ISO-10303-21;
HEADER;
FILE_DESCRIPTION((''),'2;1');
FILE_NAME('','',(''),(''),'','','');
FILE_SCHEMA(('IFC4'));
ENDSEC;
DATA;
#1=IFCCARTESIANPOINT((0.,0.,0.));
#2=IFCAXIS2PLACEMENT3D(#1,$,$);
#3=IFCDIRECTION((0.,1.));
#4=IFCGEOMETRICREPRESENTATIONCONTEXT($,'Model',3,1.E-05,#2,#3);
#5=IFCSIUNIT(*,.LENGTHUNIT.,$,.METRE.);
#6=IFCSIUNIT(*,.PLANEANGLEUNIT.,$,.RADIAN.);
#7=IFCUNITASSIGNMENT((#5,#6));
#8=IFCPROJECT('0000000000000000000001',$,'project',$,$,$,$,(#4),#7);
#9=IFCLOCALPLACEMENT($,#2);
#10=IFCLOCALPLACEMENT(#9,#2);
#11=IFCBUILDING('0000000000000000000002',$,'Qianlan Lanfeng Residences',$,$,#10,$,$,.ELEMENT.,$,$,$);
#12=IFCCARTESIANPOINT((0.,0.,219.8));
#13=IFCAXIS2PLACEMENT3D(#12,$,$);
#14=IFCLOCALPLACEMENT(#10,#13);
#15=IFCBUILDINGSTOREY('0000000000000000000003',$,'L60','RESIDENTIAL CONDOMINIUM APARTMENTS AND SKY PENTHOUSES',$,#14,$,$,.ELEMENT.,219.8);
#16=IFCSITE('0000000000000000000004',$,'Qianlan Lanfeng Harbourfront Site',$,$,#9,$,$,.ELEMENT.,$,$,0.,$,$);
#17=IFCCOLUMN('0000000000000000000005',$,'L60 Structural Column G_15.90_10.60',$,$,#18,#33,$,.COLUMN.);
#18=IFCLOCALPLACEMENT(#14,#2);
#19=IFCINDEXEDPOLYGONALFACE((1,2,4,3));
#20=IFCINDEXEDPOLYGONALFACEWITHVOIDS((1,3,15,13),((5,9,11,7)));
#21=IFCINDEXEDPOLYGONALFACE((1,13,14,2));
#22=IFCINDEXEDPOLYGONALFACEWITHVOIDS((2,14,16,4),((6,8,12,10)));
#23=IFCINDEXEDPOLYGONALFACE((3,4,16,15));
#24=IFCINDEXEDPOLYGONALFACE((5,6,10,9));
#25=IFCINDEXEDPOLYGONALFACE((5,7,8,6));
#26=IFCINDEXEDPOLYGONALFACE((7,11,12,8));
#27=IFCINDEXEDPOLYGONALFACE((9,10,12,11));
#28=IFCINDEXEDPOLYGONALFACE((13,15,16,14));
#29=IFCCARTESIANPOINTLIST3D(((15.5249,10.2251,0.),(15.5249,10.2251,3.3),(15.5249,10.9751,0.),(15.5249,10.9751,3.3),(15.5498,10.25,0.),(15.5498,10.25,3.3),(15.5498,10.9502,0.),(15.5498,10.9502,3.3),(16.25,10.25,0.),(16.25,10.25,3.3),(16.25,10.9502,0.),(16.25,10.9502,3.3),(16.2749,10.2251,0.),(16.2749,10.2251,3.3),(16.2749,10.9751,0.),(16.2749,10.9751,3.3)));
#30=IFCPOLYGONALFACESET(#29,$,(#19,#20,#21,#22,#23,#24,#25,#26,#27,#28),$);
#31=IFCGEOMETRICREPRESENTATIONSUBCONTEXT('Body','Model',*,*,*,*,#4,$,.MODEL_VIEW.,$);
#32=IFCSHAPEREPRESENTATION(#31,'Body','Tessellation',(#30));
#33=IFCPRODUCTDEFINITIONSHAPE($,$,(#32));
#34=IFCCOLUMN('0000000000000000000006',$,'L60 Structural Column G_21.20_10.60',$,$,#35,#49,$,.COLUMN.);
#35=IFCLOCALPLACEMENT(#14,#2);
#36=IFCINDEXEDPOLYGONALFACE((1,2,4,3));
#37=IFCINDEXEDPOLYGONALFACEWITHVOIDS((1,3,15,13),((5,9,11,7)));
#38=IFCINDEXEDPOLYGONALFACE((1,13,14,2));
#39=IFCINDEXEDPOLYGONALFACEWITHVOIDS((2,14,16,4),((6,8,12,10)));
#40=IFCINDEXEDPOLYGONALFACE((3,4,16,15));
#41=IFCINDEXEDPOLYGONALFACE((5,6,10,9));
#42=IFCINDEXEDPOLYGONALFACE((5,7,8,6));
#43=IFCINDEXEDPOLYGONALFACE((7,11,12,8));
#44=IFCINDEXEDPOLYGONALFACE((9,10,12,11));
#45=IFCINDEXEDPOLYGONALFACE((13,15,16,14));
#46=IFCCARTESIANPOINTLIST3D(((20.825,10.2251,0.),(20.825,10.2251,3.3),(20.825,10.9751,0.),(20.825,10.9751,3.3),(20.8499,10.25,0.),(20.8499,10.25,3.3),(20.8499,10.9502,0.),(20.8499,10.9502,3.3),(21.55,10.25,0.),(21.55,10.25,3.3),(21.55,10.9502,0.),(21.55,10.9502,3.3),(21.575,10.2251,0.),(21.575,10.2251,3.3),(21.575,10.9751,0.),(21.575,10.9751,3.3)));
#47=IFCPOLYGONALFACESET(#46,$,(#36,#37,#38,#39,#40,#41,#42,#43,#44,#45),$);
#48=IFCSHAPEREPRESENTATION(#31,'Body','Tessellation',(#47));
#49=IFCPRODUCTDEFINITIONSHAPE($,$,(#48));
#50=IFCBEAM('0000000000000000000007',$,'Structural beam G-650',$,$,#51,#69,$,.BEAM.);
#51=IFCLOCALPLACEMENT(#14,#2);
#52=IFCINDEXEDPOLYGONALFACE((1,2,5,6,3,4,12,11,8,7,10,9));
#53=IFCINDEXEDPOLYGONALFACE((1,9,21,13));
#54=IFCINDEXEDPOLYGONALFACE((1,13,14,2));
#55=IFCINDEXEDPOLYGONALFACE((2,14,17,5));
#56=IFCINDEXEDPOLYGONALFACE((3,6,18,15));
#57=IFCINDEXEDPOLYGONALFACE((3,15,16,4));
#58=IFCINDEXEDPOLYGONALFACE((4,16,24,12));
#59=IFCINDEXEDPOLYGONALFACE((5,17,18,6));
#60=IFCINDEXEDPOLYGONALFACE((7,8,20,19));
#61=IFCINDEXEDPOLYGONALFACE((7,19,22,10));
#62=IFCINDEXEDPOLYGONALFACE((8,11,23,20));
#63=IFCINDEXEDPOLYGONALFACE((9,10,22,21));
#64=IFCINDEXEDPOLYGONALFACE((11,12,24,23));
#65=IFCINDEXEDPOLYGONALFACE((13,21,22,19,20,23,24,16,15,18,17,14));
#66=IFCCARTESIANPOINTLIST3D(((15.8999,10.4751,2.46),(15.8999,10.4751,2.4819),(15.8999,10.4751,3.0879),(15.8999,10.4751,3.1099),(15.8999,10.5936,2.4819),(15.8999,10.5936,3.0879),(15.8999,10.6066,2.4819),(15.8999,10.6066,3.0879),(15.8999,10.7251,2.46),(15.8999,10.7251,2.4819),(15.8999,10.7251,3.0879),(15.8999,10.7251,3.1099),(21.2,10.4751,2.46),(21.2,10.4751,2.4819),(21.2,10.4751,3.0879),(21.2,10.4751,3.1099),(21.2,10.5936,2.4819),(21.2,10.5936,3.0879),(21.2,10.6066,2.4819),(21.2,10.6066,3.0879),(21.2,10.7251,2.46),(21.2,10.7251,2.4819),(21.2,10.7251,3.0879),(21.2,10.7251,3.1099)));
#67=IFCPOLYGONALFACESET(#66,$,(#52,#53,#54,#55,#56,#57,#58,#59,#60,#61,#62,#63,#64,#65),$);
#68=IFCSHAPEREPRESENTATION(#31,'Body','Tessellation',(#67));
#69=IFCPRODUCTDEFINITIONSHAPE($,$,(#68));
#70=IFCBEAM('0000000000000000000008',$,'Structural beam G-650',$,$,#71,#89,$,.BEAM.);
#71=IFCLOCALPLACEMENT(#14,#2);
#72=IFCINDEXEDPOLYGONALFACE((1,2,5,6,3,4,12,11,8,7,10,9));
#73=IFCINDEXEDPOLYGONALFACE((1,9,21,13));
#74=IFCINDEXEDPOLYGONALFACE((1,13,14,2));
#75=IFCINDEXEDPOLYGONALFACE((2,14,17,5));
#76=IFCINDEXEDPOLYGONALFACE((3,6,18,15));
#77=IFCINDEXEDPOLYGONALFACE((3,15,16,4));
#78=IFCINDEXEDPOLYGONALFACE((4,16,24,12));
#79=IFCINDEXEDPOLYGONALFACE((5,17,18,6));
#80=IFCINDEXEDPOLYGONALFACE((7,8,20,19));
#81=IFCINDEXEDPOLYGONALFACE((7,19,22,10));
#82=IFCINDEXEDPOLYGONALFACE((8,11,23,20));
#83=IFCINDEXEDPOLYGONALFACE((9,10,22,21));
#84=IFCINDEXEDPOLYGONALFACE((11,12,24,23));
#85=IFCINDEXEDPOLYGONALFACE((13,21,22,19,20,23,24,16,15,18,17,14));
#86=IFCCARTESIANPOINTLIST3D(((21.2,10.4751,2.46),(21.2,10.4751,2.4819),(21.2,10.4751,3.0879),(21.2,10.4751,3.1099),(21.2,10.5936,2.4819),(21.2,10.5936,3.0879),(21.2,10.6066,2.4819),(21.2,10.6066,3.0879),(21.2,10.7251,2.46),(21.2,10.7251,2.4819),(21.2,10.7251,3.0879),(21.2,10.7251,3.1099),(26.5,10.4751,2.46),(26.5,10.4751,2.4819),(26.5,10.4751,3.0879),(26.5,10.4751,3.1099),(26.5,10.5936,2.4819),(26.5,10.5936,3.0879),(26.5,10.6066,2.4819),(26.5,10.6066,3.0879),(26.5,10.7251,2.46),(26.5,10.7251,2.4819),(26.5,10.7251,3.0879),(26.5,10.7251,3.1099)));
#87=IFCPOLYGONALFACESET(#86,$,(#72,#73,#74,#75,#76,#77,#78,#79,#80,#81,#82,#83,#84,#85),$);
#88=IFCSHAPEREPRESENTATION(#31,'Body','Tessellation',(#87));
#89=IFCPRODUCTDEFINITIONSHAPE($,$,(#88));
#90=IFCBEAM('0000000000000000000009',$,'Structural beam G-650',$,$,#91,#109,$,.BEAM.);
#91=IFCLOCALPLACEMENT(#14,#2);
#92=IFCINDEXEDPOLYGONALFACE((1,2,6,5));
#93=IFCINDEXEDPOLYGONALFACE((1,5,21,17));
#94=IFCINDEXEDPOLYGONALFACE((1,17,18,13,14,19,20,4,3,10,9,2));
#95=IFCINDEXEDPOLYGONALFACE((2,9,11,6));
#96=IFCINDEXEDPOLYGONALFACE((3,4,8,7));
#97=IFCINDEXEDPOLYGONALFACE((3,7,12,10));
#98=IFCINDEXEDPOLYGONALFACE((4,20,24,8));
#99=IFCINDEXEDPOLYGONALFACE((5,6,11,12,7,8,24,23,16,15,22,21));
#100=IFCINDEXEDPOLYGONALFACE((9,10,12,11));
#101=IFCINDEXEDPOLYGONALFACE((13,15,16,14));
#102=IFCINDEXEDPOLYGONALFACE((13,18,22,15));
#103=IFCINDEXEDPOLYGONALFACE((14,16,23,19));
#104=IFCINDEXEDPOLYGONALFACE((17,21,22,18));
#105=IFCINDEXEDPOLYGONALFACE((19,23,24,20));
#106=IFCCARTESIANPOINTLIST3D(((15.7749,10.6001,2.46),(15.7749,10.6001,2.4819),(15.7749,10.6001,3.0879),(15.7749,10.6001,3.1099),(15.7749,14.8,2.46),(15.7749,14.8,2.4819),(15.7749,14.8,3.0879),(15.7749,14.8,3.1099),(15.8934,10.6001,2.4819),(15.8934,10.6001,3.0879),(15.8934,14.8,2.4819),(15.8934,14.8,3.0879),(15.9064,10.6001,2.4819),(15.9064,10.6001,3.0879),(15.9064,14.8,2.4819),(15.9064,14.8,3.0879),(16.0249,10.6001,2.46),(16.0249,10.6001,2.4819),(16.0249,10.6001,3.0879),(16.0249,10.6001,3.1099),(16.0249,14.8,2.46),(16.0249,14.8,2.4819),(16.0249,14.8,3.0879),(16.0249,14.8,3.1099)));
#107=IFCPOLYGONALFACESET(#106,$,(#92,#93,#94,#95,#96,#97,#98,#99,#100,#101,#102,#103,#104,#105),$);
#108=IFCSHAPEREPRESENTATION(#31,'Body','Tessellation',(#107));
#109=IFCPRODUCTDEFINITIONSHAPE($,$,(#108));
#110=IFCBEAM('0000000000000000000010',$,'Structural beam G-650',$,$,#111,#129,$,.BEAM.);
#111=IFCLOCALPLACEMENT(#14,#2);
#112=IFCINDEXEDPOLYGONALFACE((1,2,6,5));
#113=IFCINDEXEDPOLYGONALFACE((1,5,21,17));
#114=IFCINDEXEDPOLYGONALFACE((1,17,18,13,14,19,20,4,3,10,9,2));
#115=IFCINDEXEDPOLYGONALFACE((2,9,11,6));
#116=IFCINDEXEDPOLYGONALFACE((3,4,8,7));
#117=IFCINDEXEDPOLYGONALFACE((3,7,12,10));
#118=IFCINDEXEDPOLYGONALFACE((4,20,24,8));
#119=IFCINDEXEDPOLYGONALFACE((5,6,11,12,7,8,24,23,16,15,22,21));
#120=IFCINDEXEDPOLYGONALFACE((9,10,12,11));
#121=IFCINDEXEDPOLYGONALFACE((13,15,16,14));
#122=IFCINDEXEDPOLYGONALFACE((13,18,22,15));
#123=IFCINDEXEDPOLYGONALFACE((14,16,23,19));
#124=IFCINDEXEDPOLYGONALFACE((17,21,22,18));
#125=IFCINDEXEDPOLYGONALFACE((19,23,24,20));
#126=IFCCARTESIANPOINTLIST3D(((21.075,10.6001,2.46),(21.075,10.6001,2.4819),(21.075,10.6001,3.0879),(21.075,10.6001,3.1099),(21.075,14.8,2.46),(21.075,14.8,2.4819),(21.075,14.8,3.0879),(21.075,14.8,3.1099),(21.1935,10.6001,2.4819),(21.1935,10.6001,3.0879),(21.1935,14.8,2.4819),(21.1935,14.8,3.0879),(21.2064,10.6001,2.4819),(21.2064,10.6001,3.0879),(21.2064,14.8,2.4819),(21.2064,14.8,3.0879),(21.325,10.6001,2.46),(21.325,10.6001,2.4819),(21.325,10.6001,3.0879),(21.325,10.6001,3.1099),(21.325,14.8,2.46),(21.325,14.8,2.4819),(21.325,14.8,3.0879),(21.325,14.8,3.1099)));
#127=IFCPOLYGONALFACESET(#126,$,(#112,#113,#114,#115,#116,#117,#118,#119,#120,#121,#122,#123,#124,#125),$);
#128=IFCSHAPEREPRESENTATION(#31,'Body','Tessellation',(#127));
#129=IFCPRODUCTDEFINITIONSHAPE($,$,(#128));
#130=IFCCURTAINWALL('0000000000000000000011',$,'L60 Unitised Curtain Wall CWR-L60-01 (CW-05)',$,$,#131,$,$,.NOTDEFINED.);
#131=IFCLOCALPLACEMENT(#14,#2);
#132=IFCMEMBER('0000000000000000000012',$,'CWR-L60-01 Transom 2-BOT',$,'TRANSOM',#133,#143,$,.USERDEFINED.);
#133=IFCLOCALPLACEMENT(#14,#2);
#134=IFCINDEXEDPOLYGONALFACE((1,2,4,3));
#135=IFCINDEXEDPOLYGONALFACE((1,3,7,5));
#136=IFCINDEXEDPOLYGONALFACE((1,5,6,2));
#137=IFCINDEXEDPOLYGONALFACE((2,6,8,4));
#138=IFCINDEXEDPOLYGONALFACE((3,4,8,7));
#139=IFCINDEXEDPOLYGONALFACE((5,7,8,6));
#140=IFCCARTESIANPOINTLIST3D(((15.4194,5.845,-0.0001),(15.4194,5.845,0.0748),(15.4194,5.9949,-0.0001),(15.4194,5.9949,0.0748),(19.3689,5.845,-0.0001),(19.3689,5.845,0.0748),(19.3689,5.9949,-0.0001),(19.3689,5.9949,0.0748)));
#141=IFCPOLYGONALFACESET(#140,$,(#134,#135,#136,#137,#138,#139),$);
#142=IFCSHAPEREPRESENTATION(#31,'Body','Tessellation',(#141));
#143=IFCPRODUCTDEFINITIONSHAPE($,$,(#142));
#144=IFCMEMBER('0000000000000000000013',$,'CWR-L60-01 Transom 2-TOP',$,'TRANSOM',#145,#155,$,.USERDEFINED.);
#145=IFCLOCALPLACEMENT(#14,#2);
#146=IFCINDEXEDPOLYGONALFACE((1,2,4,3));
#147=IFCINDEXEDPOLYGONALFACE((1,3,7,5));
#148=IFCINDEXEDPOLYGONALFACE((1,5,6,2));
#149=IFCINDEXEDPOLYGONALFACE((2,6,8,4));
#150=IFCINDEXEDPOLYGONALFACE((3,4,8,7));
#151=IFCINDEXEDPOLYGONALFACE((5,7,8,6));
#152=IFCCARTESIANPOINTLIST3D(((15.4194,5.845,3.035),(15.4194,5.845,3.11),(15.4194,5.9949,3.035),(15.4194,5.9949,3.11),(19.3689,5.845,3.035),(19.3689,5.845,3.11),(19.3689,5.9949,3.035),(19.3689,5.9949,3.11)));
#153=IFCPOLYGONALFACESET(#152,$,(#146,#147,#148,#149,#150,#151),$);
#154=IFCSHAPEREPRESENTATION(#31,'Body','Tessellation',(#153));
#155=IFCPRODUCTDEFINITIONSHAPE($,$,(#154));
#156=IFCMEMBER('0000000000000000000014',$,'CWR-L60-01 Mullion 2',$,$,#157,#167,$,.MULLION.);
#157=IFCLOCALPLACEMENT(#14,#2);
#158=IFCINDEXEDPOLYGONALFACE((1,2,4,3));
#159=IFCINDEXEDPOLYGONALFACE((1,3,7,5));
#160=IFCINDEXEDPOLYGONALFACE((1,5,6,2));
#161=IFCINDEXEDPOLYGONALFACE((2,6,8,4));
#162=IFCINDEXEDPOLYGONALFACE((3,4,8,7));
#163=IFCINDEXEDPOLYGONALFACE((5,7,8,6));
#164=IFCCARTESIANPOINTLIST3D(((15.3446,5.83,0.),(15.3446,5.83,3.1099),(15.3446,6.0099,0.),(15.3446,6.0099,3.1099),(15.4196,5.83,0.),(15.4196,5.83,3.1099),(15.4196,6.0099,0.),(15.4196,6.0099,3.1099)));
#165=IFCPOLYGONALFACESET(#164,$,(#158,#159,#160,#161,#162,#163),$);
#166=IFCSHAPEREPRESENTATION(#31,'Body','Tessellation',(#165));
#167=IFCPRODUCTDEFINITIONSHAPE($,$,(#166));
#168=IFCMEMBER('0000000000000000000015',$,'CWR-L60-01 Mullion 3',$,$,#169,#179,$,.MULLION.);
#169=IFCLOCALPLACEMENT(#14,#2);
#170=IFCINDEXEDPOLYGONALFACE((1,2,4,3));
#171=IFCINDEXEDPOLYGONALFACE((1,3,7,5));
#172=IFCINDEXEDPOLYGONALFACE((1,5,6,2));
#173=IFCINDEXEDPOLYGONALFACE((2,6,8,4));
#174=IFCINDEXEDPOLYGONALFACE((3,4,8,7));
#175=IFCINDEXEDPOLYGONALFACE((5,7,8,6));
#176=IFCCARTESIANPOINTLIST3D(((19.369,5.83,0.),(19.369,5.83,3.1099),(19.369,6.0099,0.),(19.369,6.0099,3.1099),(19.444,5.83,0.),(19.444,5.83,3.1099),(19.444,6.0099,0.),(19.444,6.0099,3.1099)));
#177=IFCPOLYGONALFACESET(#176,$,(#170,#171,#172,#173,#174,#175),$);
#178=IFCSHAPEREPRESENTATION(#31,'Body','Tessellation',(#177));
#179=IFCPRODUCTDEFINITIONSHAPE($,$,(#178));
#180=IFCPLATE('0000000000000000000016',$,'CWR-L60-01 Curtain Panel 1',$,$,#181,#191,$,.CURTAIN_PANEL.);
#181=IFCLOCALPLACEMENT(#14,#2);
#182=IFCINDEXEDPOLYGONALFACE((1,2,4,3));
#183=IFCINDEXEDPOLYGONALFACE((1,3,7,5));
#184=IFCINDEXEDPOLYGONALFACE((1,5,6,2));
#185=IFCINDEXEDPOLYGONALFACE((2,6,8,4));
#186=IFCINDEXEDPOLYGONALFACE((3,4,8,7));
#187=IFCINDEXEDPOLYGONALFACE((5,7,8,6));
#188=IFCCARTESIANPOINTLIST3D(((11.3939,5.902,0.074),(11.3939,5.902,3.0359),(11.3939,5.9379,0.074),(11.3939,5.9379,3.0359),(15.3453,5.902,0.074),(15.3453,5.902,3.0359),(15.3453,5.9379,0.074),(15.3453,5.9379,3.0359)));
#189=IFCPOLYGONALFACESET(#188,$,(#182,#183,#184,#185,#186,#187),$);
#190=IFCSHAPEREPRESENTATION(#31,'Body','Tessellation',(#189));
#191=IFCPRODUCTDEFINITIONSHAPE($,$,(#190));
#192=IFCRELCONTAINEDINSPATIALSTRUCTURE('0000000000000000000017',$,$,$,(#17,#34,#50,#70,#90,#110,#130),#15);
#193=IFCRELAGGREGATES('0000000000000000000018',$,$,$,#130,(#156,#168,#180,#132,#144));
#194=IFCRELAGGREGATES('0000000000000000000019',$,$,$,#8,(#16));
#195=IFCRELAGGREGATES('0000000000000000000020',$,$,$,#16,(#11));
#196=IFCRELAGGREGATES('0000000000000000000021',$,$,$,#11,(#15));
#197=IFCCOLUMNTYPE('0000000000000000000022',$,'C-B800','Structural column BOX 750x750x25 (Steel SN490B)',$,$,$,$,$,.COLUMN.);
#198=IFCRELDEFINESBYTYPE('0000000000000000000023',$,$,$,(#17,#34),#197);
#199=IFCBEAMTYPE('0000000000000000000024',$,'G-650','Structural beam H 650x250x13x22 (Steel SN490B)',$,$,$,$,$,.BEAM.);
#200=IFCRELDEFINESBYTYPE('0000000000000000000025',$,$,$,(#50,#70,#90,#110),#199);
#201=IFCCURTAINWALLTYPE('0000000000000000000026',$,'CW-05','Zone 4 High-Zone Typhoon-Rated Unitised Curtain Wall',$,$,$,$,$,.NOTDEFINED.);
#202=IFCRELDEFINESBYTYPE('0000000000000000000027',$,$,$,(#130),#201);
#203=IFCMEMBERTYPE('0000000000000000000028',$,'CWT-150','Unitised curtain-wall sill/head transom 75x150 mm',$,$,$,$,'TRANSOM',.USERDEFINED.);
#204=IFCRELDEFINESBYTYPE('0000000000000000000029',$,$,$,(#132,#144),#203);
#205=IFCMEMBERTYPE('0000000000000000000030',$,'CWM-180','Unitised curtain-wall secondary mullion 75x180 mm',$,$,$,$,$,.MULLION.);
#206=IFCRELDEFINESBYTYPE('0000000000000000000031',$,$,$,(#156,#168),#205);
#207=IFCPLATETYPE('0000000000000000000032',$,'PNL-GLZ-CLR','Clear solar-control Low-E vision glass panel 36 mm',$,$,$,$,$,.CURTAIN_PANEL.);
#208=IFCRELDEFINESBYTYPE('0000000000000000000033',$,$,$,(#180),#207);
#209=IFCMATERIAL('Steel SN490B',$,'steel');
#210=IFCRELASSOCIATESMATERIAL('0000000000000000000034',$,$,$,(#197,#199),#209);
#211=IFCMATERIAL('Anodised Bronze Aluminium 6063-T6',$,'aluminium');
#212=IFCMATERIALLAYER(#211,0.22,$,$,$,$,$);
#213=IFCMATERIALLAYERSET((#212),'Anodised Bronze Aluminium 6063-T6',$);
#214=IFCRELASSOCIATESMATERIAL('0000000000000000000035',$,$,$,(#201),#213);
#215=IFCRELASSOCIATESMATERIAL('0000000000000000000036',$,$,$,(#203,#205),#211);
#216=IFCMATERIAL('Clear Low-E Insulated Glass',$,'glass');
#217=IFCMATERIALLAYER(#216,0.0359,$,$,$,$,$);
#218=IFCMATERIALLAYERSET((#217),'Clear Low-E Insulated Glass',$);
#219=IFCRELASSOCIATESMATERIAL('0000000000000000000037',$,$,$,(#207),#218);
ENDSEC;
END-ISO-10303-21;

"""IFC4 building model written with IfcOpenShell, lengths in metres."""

from ifc_helpers import new_model, si_unit, direction, frame, origin, origin_2d, place, context, subcontext, project, spatial, rectangle, hollow_rectangle, i_section, extrude, source, transform, mapped, material, layer, layer_set, material_profile, profile_set, type_object, element, aggregate, save


model = new_model("IFC4")

# Units and contexts
model_context = context("Model", 3, precision=1e-05, world=origin(), true_north=direction((0.0, 1.0)))
body_context = subcontext(model_context, "Body", "Model", "MODEL_VIEW")
ifc_project = project(units=[si_unit("LENGTHUNIT", "METRE"), si_unit("PLANEANGLEUNIT", "RADIAN")], contexts=[model_context])

# Site, building, storey
site_placement = place(None, origin())
site = spatial("IfcSite", under=ifc_project, at=site_placement, Name="Qianlan Lanfeng Harbourfront Site", CompositionType="ELEMENT", RefElevation=0.0)
building_placement = place(site_placement, origin())
building = spatial("IfcBuilding", under=site, at=building_placement, Name="Qianlan Lanfeng Residences", CompositionType="ELEMENT")
storey_placement = place(building_placement, frame((0.0, 0.0, 219.8)))
storey = spatial("IfcBuildingStorey", under=building, at=storey_placement, Name="L60", Description="RESIDENTIAL CONDOMINIUM APARTMENTS AND SKY PENTHOUSES", CompositionType="ELEMENT", Elevation=219.8)

# Columns
ifc_material_1 = material(Name="Steel SN490B", Category="steel")
ifc_material_profile_1 = material_profile(ifc_material_1, hollow_rectangle(XDim=0.75, YDim=0.75, WallThickness=0.0249, at=origin_2d()), Name="BOX 750x750x25")
ifc_profile_set_1 = profile_set([ifc_material_profile_1], Name="Steel SN490B")
column_type = type_object("IfcColumnType", Name="C-B800", Description="Structural column BOX 750x750x25 (Steel SN490B)", PredefinedType="COLUMN", material=ifc_profile_set_1)
for number, where, z_axis, x_axis, name in (
    (1, (15.8999, 10.6001, 0.0), (0.0, 0.0, 1.0), (1.0, 0.0, 0.0), "L60 Structural Column G_15.90_10.60"),
    (2, (21.2, 10.6001, 0.0), (0.0, 0.0, 1.0), (1.0, 0.0, 0.0), "L60 Structural Column G_21.20_10.60"),
):
    element("IfcColumn", number, at=place(storey_placement, frame(where, z_axis=z_axis, x_axis=x_axis)), inside=storey, type_object=column_type, Name=name, PredefinedType="COLUMN", context=body_context, shape_type="SweptSolid", body=[
        extrude(hollow_rectangle(XDim=0.75, YDim=0.75, WallThickness=0.0249, at=origin_2d()), origin(), (0.0, 0.0, 1.0), 3.3),
    ])

# Beams
ifc_material_profile_2 = material_profile(ifc_material_1, i_section(OverallWidth=0.25, OverallDepth=0.6499, WebThickness=0.0129, FlangeThickness=0.022, at=origin_2d()), Name="H 650x250x13x22")
ifc_profile_set_2 = profile_set([ifc_material_profile_2], Name="Steel SN490B")
beam_type = type_object("IfcBeamType", Name="G-650", Description="Structural beam H 650x250x13x22 (Steel SN490B)", PredefinedType="BEAM", material=ifc_profile_set_2)
for number, where, z_axis, x_axis, name in (
    (3, (15.8999, 10.6001, 2.7849), (1.0, 0.0, 0.0), (0.0, 1.0, 0.0), "Structural beam G-650"),
    (4, (21.2, 10.6001, 2.7849), (1.0, 0.0, 0.0), (0.0, 1.0, 0.0), "Structural beam G-650"),
):
    element("IfcBeam", number, at=place(storey_placement, frame(where, z_axis=z_axis, x_axis=x_axis)), inside=storey, type_object=beam_type, Name=name, PredefinedType="BEAM", context=body_context, shape_type="SweptSolid", body=[
        extrude(i_section(OverallWidth=0.25, OverallDepth=0.6499, WebThickness=0.0129, FlangeThickness=0.022, at=origin_2d()), origin(), (0.0, 0.0, 1.0), 5.3),
    ])
for number, where, z_axis, x_axis, name in (
    (5, (15.8999, 10.6001, 2.7849), (0.0, 1.0, 0.0), (-1.0, 0.0, 0.0), "Structural beam G-650"),
    (6, (21.2, 10.6001, 2.7849), (0.0, 1.0, 0.0), (-1.0, 0.0, 0.0), "Structural beam G-650"),
):
    element("IfcBeam", number, at=place(storey_placement, frame(where, z_axis=z_axis, x_axis=x_axis)), inside=storey, type_object=beam_type, Name=name, PredefinedType="BEAM", context=body_context, shape_type="SweptSolid", body=[
        extrude(i_section(OverallWidth=0.25, OverallDepth=0.6499, WebThickness=0.0129, FlangeThickness=0.022, at=origin_2d()), origin(), (0.0, 0.0, 1.0), 4.2),
    ])

# Curtain wall, members, plate
ifc_material_2 = material(Name="Anodised Bronze Aluminium 6063-T6", Category="aluminium")
ifc_layer_1 = layer(ifc_material_2, 0.22)
ifc_layer_set_1 = layer_set([ifc_layer_1], Name="Anodised Bronze Aluminium 6063-T6")
curtain_wall_type = type_object("IfcCurtainWallType", Name="CW-05", Description="Zone 4 High-Zone Typhoon-Rated Unitised Curtain Wall", PredefinedType="NOTDEFINED", material=ifc_layer_set_1)
curtain_wall_placement = place(storey_placement, origin())
curtain_wall = element("IfcCurtainWall", 7, at=curtain_wall_placement, inside=storey, type_object=curtain_wall_type, Name="L60 Unitised Curtain Wall CWR-L60-01 (CW-05)", PredefinedType="NOTDEFINED")
ifc_material_profile_3 = material_profile(ifc_material_2, rectangle(XDim=0.075, YDim=0.1499, at=origin_2d()), Name="ALU TRANSOM 75x150")
ifc_profile_set_3 = profile_set([ifc_material_profile_3], Name="Anodised Bronze Aluminium 6063-T6")
member_type_1 = type_object("IfcMemberType", Name="CWT-150", Description="Unitised curtain-wall sill/head transom 75x150 mm", ElementType="TRANSOM", PredefinedType="USERDEFINED", material=ifc_profile_set_3)
shared_shape_1 = source(origin(), body_context, "Body", "SweptSolid", [
    extrude(rectangle(XDim=0.075, YDim=0.1499, at=origin_2d()), origin(), (0.0, 0.0, 1.0), 3.9495),
])
member_1_placement = place(storey_placement, frame((15.4194, 5.9199, 0.0374), z_axis=(1.0, 0.0, 0.0), x_axis=(0.0, 0.0, 1.0)))
member_1 = element("IfcMember", 8, at=member_1_placement, type_object=member_type_1, Name="CWR-L60-01 Transom 2-BOT", ObjectType="TRANSOM", PredefinedType="USERDEFINED", context=body_context, shape_type="MappedRepresentation", body=[
    mapped(shared_shape_1, transform((0.0, 0.0, 0.0), scale=1.0)),
])
member_2_placement = place(storey_placement, frame((15.4194, 5.9199, 3.0725), z_axis=(1.0, 0.0, 0.0), x_axis=(0.0, 0.0, 1.0)))
member_2 = element("IfcMember", 9, at=member_2_placement, type_object=member_type_1, Name="CWR-L60-01 Transom 2-TOP", ObjectType="TRANSOM", PredefinedType="USERDEFINED", context=body_context, shape_type="MappedRepresentation", body=[
    mapped(shared_shape_1, transform((0.0, 0.0, 0.0), scale=1.0)),
])
ifc_material_profile_4 = material_profile(ifc_material_2, rectangle(XDim=0.075, YDim=0.1799, at=origin_2d()), Name="ALU MULLION 75x180")
ifc_profile_set_4 = profile_set([ifc_material_profile_4], Name="Anodised Bronze Aluminium 6063-T6")
member_type_2 = type_object("IfcMemberType", Name="CWM-180", Description="Unitised curtain-wall secondary mullion 75x180 mm", PredefinedType="MULLION", material=ifc_profile_set_4)
shared_shape_2 = source(origin(), body_context, "Body", "SweptSolid", [
    extrude(rectangle(XDim=0.075, YDim=0.1799, at=origin_2d()), origin(), (0.0, 0.0, 1.0), 3.1099),
])
member_3_placement = place(storey_placement, frame((15.3821, 5.9199, 0.0), z_axis=(0.0, 0.0, 1.0), x_axis=(1.0, 0.0, 0.0)))
member_3 = element("IfcMember", 10, at=member_3_placement, type_object=member_type_2, Name="CWR-L60-01 Mullion 2", PredefinedType="MULLION", context=body_context, shape_type="MappedRepresentation", body=[
    mapped(shared_shape_2, transform((0.0, 0.0, 0.0), scale=1.0)),
])
member_4_placement = place(storey_placement, frame((19.4065, 5.9199, 0.0), z_axis=(0.0, 0.0, 1.0), x_axis=(1.0, 0.0, 0.0)))
member_4 = element("IfcMember", 11, at=member_4_placement, type_object=member_type_2, Name="CWR-L60-01 Mullion 3", PredefinedType="MULLION", context=body_context, shape_type="MappedRepresentation", body=[
    mapped(shared_shape_2, transform((0.0, 0.0, 0.0), scale=1.0)),
])
ifc_material_3 = material(Name="Clear Low-E Insulated Glass", Category="glass")
ifc_layer_2 = layer(ifc_material_3, 0.0359)
ifc_layer_set_2 = layer_set([ifc_layer_2], Name="Clear Low-E Insulated Glass")
plate_type = type_object("IfcPlateType", Name="PNL-GLZ-CLR", Description="Clear solar-control Low-E vision glass panel 36 mm", PredefinedType="CURTAIN_PANEL", material=ifc_layer_set_2)
shared_shape_3 = source(origin(), body_context, "Body", "SweptSolid", [
    extrude(rectangle(XDim=3.9514, YDim=0.0359, at=origin_2d()), origin(), (0.0, 0.0, 1.0), 2.9619),
])
plate_1_placement = place(storey_placement, frame((13.3696, 5.9199, 0.074), z_axis=(0.0, 0.0, 1.0), x_axis=(1.0, 0.0, 0.0)))
plate_1 = element("IfcPlate", 12, at=plate_1_placement, type_object=plate_type, Name="CWR-L60-01 Curtain Panel 1", PredefinedType="CURTAIN_PANEL", context=body_context, shape_type="MappedRepresentation", body=[
    mapped(shared_shape_3, transform((0.0, 0.0, 0.0), scale=1.0)),
])
aggregate(curtain_wall, [member_3, member_4, plate_1, member_1, member_2])

save(model, "model.ifc")
